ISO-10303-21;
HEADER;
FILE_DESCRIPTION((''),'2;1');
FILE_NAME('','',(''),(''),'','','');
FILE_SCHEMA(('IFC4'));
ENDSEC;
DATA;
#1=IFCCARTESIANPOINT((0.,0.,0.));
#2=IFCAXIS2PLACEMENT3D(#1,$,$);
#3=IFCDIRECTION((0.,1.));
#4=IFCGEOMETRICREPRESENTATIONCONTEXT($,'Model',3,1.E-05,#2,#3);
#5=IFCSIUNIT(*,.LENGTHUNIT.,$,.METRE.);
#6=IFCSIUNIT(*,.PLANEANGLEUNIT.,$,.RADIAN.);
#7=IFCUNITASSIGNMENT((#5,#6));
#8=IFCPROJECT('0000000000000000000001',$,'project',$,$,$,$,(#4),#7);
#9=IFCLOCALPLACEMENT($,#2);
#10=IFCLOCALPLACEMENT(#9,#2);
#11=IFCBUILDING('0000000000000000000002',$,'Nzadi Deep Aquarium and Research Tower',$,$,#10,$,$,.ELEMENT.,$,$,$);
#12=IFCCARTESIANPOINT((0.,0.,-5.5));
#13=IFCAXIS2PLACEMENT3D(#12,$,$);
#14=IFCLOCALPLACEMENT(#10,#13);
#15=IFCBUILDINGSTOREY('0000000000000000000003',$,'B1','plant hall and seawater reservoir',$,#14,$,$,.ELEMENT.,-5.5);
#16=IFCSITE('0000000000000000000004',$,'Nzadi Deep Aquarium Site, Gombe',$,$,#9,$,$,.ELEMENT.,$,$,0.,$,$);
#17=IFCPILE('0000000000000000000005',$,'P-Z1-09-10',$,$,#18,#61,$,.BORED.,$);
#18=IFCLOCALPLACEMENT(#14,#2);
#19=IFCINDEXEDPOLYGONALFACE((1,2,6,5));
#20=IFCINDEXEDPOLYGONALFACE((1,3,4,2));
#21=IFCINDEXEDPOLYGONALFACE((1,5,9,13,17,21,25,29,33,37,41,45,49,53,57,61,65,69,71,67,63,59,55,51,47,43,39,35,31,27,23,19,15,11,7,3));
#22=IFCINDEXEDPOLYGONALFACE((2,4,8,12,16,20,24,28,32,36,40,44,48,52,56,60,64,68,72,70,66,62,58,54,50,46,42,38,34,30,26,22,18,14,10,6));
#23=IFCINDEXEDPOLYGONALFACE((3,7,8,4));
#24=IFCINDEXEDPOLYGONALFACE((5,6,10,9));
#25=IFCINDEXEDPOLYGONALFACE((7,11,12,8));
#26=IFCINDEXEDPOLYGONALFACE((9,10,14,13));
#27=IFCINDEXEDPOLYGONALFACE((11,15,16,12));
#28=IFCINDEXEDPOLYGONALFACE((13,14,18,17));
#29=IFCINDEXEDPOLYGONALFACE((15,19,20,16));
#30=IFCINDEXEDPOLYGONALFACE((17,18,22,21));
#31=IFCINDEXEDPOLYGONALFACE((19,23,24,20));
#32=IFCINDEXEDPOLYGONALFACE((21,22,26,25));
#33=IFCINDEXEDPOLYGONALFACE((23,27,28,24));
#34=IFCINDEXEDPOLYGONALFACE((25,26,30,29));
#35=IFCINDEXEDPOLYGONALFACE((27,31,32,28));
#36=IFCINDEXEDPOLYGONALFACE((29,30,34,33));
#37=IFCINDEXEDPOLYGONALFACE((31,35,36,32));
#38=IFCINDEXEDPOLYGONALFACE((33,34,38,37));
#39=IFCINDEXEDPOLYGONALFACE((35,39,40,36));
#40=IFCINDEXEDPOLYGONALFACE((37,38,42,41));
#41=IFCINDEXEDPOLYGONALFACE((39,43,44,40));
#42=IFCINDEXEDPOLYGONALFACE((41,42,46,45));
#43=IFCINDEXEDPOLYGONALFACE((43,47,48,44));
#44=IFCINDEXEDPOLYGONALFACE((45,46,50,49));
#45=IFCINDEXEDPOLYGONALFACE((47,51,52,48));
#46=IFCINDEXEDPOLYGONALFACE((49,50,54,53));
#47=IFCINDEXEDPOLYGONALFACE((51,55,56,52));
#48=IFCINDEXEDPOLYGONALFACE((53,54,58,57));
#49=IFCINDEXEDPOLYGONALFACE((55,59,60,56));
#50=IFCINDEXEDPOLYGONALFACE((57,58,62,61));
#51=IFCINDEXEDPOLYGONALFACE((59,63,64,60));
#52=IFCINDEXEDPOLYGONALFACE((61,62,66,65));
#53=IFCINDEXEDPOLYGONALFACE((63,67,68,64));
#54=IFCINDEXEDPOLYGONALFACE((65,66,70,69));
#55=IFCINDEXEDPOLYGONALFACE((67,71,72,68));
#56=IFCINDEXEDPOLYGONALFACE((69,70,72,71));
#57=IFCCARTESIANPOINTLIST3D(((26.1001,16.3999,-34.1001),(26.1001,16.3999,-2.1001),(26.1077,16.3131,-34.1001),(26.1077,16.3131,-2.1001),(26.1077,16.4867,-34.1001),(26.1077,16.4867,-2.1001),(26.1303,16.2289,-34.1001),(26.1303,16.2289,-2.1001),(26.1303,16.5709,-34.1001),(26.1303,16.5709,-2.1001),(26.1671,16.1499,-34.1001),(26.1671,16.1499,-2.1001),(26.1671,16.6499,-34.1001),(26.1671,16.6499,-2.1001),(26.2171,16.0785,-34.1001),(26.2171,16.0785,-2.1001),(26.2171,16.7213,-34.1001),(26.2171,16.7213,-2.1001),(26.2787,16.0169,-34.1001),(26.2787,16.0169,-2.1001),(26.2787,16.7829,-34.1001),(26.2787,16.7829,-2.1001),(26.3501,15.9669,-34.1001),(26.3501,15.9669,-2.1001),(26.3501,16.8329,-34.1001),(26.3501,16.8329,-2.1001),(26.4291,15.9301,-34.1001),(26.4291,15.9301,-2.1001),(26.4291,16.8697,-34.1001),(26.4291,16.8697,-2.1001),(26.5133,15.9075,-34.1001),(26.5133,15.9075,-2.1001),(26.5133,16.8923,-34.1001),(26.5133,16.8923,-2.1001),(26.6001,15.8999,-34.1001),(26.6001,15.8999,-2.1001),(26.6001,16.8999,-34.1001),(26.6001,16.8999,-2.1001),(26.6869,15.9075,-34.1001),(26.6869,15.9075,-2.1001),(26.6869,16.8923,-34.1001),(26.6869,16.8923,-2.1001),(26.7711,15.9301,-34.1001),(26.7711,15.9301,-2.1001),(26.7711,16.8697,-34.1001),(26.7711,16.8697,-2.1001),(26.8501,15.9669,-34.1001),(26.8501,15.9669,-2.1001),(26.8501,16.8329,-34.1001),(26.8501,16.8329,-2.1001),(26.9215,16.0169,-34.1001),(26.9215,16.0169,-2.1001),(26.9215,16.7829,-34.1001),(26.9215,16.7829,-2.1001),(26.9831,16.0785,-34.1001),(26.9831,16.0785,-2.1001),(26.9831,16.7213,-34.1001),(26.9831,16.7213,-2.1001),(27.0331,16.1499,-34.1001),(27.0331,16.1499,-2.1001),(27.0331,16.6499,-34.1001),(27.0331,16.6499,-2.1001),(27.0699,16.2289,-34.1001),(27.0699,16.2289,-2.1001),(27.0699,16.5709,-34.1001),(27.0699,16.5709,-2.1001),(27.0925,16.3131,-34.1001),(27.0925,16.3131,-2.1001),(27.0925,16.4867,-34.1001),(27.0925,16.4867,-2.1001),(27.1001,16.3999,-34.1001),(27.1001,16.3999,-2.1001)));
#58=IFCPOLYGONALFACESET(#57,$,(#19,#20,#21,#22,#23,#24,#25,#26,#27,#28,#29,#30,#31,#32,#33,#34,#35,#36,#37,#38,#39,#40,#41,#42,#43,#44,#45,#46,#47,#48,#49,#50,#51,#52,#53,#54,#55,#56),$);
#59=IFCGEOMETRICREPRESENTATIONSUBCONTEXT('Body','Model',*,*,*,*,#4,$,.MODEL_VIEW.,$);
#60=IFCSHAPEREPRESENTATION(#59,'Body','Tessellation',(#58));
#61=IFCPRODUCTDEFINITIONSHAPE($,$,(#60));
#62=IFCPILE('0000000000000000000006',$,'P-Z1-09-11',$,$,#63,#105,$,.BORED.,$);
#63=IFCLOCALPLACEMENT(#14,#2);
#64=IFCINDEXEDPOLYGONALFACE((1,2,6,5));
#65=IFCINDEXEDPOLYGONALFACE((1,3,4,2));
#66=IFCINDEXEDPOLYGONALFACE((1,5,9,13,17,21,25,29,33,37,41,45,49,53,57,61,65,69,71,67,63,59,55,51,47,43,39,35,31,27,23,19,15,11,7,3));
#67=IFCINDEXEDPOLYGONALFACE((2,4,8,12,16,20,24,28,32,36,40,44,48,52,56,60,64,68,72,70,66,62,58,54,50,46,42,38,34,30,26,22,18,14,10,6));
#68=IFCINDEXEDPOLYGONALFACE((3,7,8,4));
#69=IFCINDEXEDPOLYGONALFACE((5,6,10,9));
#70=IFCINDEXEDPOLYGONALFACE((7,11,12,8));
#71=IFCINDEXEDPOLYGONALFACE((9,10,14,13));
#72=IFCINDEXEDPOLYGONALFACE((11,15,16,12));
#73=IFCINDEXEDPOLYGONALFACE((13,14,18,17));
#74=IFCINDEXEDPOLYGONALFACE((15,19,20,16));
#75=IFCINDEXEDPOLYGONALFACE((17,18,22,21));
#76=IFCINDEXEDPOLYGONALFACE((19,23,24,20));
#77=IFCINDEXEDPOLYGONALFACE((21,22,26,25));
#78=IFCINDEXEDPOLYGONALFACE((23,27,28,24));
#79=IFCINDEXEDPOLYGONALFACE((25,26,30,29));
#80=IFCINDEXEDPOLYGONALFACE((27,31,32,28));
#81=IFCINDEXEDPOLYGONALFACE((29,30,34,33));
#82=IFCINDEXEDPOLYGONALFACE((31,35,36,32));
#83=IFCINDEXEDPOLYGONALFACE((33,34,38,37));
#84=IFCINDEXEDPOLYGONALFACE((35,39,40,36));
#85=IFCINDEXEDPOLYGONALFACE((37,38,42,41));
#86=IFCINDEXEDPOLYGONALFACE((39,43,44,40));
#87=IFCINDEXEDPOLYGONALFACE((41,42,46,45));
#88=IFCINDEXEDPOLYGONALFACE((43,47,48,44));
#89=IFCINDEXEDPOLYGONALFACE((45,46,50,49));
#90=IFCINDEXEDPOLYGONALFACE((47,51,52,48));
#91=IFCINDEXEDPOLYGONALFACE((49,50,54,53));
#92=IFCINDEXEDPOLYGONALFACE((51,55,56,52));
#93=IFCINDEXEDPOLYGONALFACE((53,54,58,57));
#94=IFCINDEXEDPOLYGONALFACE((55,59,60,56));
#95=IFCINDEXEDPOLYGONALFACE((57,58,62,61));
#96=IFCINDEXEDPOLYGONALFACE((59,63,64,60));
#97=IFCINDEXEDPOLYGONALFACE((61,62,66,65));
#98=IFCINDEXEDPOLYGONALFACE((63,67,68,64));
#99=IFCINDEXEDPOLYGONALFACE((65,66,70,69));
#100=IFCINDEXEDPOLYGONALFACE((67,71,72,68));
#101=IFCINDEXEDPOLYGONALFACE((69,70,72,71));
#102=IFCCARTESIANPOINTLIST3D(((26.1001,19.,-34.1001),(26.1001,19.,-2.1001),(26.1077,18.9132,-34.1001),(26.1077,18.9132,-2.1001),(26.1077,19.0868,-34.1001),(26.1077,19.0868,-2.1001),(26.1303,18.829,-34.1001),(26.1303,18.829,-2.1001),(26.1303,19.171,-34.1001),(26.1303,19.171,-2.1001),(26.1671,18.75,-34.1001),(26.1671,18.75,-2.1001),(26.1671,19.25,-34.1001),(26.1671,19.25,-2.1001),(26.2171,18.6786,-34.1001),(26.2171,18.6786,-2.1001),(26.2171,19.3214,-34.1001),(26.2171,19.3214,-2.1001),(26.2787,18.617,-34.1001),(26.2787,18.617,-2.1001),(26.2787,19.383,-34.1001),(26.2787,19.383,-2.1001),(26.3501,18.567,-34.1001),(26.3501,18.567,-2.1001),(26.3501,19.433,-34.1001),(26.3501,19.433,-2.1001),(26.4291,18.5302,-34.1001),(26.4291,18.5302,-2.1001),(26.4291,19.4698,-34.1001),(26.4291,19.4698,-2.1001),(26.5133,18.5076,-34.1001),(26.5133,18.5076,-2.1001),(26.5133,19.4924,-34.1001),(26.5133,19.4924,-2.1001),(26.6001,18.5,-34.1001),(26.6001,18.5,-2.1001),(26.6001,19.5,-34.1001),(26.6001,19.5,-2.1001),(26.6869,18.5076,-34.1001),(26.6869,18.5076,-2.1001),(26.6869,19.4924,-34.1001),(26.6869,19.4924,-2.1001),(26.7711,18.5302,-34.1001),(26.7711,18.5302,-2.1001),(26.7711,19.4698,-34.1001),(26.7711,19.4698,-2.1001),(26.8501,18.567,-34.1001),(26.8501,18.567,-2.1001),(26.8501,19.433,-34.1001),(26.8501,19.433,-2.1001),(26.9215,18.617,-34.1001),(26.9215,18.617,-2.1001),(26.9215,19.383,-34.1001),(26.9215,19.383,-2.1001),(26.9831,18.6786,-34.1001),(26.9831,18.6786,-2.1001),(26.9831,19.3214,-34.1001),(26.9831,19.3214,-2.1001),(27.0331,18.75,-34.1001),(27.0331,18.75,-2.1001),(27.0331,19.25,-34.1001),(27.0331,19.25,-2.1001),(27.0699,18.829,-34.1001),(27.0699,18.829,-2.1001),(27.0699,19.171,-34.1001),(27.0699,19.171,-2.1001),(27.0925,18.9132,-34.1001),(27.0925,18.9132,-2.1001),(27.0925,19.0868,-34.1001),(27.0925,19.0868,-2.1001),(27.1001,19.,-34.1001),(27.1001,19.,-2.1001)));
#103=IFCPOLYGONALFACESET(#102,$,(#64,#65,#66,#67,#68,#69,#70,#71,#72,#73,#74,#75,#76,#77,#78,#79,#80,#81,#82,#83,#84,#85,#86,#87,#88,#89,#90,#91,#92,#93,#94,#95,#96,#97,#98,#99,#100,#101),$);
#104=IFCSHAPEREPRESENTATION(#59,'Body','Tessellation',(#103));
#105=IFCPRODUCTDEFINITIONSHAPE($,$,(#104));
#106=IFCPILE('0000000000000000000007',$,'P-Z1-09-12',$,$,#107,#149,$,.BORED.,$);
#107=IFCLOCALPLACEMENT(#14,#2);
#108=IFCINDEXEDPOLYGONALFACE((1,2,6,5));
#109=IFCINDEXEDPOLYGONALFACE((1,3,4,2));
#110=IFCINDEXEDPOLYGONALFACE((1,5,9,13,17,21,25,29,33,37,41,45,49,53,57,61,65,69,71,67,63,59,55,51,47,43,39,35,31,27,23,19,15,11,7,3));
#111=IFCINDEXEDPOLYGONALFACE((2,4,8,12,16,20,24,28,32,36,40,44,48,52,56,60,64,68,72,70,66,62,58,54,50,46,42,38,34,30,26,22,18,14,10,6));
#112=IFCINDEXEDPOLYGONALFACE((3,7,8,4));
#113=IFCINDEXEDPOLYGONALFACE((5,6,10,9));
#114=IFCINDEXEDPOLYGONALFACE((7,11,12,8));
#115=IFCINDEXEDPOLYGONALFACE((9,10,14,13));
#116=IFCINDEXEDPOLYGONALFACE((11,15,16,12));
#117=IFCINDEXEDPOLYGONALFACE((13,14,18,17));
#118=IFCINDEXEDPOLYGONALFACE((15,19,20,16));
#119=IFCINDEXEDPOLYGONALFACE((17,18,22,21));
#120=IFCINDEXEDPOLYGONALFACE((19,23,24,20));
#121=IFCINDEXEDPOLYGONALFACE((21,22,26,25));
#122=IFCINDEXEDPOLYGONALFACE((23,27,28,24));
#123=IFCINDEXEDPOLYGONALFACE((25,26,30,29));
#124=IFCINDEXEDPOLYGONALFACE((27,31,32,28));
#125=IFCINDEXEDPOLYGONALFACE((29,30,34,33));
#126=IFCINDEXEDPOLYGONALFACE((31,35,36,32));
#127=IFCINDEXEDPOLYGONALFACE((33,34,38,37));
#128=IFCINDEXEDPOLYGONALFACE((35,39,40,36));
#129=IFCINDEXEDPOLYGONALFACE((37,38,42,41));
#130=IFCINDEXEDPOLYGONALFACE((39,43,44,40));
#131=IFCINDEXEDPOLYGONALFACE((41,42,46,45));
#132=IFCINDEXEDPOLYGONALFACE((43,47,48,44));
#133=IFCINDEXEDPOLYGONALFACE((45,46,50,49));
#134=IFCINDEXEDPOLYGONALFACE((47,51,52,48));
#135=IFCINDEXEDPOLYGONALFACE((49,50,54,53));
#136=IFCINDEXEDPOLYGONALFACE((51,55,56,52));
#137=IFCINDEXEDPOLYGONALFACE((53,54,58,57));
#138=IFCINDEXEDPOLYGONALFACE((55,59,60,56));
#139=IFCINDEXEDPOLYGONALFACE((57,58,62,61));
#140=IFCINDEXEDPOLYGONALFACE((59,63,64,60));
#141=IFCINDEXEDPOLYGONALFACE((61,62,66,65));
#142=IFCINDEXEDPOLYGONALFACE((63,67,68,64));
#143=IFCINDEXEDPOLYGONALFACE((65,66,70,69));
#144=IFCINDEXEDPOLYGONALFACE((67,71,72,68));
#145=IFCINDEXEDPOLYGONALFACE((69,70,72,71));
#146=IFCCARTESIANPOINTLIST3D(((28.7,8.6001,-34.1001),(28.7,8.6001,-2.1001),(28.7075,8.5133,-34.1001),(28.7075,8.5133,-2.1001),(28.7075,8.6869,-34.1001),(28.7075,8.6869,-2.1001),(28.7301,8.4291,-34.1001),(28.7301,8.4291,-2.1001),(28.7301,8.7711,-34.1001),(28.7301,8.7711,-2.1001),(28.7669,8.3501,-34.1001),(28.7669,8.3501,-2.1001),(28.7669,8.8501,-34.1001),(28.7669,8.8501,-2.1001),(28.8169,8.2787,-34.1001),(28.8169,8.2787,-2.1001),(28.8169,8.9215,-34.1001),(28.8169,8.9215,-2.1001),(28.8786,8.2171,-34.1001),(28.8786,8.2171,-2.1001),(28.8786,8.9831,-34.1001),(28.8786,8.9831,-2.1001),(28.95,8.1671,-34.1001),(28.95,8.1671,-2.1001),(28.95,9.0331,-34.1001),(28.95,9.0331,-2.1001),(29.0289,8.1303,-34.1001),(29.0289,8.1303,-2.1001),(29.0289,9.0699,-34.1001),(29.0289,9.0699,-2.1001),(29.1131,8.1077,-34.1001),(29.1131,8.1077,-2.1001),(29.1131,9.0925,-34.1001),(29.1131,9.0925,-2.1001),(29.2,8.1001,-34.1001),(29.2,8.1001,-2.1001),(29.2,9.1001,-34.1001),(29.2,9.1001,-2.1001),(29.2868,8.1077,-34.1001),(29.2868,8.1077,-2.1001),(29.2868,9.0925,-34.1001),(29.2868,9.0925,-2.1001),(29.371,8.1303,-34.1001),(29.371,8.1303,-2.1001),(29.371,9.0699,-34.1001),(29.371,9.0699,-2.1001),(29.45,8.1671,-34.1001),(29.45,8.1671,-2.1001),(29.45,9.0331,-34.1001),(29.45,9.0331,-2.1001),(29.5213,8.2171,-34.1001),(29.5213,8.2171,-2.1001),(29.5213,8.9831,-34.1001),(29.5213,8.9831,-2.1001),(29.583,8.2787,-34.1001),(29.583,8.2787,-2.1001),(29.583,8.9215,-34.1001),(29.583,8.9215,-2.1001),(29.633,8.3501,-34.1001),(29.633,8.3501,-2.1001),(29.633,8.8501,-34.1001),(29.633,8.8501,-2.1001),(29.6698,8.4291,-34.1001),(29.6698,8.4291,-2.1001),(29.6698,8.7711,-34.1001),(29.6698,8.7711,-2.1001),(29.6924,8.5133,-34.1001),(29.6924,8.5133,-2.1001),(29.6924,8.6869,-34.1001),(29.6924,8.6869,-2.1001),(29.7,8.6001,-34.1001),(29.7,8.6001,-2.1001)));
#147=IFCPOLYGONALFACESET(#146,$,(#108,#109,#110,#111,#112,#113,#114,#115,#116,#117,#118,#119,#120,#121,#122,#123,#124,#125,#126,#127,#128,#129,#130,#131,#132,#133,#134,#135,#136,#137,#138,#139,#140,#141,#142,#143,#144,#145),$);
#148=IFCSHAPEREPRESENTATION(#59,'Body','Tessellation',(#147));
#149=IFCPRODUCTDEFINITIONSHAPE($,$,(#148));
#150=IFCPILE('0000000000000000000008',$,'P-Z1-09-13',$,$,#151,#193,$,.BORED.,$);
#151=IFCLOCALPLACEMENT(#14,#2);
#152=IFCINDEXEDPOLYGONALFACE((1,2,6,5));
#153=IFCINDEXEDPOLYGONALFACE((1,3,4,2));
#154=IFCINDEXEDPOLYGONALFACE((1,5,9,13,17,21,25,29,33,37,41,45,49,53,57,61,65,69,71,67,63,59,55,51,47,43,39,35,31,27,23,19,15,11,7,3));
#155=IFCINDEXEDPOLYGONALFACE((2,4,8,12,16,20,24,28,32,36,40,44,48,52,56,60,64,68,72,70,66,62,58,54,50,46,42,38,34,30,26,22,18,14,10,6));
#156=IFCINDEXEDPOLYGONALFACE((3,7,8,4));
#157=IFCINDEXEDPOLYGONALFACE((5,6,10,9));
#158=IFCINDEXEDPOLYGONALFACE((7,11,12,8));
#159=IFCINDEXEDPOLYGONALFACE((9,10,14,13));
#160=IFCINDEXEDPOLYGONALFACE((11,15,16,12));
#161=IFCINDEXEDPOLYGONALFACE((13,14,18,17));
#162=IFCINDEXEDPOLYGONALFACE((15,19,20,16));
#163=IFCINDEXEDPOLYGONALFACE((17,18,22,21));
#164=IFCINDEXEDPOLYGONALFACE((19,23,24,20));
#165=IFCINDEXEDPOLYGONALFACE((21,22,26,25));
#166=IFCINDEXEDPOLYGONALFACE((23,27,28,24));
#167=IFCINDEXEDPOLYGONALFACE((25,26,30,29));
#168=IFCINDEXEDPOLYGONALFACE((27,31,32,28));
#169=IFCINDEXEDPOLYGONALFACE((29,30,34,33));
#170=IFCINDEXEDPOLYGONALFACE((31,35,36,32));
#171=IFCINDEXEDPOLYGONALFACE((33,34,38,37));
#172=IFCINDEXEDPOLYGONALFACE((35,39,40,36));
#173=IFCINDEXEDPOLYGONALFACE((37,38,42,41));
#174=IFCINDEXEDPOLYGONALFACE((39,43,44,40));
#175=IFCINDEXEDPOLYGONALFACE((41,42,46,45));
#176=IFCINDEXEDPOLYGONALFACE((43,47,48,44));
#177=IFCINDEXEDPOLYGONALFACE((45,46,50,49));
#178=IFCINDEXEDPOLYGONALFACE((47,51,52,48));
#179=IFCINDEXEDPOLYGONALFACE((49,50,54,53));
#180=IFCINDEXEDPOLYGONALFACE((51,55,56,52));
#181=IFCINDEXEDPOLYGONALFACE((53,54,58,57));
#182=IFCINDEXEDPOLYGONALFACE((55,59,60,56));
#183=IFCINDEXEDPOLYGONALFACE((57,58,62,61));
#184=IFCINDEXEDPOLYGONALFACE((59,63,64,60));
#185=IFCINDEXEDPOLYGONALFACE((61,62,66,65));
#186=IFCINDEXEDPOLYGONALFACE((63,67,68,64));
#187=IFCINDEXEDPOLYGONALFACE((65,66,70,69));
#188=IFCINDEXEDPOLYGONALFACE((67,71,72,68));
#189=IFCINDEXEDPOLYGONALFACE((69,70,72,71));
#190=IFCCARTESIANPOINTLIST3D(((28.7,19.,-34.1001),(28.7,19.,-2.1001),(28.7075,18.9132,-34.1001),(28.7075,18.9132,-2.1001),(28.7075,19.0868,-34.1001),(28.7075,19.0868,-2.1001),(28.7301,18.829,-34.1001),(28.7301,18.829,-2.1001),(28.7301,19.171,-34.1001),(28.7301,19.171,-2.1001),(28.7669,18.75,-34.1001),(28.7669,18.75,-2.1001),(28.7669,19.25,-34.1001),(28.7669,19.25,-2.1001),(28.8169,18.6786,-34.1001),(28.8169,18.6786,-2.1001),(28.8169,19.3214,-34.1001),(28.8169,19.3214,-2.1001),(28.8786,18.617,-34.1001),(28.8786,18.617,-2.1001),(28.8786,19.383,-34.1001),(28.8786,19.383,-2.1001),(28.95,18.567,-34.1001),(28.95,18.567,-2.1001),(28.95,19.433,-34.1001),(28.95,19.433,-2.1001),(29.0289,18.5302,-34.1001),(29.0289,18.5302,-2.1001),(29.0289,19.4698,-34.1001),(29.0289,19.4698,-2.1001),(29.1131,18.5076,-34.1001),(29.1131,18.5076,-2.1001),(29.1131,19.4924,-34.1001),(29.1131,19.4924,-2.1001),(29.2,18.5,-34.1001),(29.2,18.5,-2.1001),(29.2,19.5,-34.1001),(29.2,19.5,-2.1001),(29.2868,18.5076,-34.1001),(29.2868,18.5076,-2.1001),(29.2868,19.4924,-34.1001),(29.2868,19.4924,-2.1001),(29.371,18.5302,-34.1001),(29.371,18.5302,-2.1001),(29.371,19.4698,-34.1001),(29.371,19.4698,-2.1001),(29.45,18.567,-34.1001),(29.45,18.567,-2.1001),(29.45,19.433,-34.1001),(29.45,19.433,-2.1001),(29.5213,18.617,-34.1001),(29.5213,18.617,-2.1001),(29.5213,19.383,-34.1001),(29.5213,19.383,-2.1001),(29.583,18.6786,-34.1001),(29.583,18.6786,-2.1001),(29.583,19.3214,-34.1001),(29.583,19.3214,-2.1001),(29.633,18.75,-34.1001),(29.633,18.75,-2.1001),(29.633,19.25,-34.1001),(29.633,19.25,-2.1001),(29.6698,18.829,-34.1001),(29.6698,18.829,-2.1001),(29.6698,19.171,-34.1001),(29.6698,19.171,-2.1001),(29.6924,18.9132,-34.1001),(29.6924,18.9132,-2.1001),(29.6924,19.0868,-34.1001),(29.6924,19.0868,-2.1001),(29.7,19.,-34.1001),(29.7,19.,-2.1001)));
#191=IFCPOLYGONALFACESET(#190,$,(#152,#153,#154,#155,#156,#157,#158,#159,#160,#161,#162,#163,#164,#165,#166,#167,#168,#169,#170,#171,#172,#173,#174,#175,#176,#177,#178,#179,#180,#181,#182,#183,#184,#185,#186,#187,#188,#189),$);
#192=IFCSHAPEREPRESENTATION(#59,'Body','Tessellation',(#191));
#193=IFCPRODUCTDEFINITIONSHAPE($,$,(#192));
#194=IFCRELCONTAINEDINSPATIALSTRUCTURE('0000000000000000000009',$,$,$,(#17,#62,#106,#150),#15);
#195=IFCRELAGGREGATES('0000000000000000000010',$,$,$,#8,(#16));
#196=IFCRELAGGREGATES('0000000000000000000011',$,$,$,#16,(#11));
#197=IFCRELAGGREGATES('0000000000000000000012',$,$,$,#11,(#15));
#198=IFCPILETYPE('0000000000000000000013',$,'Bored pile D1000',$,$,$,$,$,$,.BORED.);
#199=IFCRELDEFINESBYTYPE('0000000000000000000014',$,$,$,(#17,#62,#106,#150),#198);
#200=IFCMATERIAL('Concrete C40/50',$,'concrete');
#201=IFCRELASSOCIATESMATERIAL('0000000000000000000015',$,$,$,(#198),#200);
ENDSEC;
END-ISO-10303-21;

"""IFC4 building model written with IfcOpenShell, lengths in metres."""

from ifc_helpers import new_model, si_unit, direction, frame, origin, origin_2d, place, context, subcontext, project, spatial, circle, extrude, material, material_profile, profile_set, type_object, element, save


model = new_model("IFC4")

# Units and contexts
model_context = context("Model", 3, precision=1e-05, world=origin(), true_north=direction((0.0, 1.0)))
body_context = subcontext(model_context, "Body", "Model", "MODEL_VIEW")
ifc_project = project(units=[si_unit("LENGTHUNIT", "METRE"), si_unit("PLANEANGLEUNIT", "RADIAN")], contexts=[model_context])

# Site, building, storey
site_placement = place(None, origin())
site = spatial("IfcSite", under=ifc_project, at=site_placement, Name="Nzadi Deep Aquarium Site, Gombe", CompositionType="ELEMENT", RefElevation=0.0)
building_placement = place(site_placement, origin())
building = spatial("IfcBuilding", under=site, at=building_placement, Name="Nzadi Deep Aquarium and Research Tower", CompositionType="ELEMENT")
storey_placement = place(building_placement, frame((0.0, 0.0, -5.5)))
storey = spatial("IfcBuildingStorey", under=building, at=storey_placement, Name="B1", Description="plant hall and seawater reservoir", CompositionType="ELEMENT", Elevation=-5.5)

# Piles
ifc_material_1 = material(Name="Concrete C40/50", Category="concrete")
ifc_material_profile_1 = material_profile(ifc_material_1, circle(Radius=0.5, at=origin_2d()))
ifc_profile_set_1 = profile_set([ifc_material_profile_1], Name="Concrete C40/50")
pile_type = type_object("IfcPileType", Name="Bored pile D1000", PredefinedType="BORED", material=ifc_profile_set_1)
for number, where, z_axis, x_axis, name in (
    (1, (26.6001, 16.3999, -2.1001), (0.0, 0.0, -1.0), (1.0, 0.0, 0.0), "P-Z1-09-10"),
    (2, (26.6001, 19.0, -2.1001), (0.0, 0.0, -1.0), (1.0, 0.0, 0.0), "P-Z1-09-11"),
    (3, (29.2, 8.6001, -2.1001), (0.0, 0.0, -1.0), (1.0, 0.0, 0.0), "P-Z1-09-12"),
    (4, (29.2, 19.0, -2.1001), (0.0, 0.0, -1.0), (1.0, 0.0, 0.0), "P-Z1-09-13"),
):
    element("IfcPile", number, at=place(storey_placement, frame(where, z_axis=z_axis, x_axis=x_axis)), inside=storey, type_object=pile_type, Name=name, PredefinedType="BORED", context=body_context, shape_type="SweptSolid", body=[
        extrude(circle(Radius=0.5, at=origin_2d()), origin(), (0.0, 0.0, 1.0), 32.0),
    ])

save(model, "model.ifc")
